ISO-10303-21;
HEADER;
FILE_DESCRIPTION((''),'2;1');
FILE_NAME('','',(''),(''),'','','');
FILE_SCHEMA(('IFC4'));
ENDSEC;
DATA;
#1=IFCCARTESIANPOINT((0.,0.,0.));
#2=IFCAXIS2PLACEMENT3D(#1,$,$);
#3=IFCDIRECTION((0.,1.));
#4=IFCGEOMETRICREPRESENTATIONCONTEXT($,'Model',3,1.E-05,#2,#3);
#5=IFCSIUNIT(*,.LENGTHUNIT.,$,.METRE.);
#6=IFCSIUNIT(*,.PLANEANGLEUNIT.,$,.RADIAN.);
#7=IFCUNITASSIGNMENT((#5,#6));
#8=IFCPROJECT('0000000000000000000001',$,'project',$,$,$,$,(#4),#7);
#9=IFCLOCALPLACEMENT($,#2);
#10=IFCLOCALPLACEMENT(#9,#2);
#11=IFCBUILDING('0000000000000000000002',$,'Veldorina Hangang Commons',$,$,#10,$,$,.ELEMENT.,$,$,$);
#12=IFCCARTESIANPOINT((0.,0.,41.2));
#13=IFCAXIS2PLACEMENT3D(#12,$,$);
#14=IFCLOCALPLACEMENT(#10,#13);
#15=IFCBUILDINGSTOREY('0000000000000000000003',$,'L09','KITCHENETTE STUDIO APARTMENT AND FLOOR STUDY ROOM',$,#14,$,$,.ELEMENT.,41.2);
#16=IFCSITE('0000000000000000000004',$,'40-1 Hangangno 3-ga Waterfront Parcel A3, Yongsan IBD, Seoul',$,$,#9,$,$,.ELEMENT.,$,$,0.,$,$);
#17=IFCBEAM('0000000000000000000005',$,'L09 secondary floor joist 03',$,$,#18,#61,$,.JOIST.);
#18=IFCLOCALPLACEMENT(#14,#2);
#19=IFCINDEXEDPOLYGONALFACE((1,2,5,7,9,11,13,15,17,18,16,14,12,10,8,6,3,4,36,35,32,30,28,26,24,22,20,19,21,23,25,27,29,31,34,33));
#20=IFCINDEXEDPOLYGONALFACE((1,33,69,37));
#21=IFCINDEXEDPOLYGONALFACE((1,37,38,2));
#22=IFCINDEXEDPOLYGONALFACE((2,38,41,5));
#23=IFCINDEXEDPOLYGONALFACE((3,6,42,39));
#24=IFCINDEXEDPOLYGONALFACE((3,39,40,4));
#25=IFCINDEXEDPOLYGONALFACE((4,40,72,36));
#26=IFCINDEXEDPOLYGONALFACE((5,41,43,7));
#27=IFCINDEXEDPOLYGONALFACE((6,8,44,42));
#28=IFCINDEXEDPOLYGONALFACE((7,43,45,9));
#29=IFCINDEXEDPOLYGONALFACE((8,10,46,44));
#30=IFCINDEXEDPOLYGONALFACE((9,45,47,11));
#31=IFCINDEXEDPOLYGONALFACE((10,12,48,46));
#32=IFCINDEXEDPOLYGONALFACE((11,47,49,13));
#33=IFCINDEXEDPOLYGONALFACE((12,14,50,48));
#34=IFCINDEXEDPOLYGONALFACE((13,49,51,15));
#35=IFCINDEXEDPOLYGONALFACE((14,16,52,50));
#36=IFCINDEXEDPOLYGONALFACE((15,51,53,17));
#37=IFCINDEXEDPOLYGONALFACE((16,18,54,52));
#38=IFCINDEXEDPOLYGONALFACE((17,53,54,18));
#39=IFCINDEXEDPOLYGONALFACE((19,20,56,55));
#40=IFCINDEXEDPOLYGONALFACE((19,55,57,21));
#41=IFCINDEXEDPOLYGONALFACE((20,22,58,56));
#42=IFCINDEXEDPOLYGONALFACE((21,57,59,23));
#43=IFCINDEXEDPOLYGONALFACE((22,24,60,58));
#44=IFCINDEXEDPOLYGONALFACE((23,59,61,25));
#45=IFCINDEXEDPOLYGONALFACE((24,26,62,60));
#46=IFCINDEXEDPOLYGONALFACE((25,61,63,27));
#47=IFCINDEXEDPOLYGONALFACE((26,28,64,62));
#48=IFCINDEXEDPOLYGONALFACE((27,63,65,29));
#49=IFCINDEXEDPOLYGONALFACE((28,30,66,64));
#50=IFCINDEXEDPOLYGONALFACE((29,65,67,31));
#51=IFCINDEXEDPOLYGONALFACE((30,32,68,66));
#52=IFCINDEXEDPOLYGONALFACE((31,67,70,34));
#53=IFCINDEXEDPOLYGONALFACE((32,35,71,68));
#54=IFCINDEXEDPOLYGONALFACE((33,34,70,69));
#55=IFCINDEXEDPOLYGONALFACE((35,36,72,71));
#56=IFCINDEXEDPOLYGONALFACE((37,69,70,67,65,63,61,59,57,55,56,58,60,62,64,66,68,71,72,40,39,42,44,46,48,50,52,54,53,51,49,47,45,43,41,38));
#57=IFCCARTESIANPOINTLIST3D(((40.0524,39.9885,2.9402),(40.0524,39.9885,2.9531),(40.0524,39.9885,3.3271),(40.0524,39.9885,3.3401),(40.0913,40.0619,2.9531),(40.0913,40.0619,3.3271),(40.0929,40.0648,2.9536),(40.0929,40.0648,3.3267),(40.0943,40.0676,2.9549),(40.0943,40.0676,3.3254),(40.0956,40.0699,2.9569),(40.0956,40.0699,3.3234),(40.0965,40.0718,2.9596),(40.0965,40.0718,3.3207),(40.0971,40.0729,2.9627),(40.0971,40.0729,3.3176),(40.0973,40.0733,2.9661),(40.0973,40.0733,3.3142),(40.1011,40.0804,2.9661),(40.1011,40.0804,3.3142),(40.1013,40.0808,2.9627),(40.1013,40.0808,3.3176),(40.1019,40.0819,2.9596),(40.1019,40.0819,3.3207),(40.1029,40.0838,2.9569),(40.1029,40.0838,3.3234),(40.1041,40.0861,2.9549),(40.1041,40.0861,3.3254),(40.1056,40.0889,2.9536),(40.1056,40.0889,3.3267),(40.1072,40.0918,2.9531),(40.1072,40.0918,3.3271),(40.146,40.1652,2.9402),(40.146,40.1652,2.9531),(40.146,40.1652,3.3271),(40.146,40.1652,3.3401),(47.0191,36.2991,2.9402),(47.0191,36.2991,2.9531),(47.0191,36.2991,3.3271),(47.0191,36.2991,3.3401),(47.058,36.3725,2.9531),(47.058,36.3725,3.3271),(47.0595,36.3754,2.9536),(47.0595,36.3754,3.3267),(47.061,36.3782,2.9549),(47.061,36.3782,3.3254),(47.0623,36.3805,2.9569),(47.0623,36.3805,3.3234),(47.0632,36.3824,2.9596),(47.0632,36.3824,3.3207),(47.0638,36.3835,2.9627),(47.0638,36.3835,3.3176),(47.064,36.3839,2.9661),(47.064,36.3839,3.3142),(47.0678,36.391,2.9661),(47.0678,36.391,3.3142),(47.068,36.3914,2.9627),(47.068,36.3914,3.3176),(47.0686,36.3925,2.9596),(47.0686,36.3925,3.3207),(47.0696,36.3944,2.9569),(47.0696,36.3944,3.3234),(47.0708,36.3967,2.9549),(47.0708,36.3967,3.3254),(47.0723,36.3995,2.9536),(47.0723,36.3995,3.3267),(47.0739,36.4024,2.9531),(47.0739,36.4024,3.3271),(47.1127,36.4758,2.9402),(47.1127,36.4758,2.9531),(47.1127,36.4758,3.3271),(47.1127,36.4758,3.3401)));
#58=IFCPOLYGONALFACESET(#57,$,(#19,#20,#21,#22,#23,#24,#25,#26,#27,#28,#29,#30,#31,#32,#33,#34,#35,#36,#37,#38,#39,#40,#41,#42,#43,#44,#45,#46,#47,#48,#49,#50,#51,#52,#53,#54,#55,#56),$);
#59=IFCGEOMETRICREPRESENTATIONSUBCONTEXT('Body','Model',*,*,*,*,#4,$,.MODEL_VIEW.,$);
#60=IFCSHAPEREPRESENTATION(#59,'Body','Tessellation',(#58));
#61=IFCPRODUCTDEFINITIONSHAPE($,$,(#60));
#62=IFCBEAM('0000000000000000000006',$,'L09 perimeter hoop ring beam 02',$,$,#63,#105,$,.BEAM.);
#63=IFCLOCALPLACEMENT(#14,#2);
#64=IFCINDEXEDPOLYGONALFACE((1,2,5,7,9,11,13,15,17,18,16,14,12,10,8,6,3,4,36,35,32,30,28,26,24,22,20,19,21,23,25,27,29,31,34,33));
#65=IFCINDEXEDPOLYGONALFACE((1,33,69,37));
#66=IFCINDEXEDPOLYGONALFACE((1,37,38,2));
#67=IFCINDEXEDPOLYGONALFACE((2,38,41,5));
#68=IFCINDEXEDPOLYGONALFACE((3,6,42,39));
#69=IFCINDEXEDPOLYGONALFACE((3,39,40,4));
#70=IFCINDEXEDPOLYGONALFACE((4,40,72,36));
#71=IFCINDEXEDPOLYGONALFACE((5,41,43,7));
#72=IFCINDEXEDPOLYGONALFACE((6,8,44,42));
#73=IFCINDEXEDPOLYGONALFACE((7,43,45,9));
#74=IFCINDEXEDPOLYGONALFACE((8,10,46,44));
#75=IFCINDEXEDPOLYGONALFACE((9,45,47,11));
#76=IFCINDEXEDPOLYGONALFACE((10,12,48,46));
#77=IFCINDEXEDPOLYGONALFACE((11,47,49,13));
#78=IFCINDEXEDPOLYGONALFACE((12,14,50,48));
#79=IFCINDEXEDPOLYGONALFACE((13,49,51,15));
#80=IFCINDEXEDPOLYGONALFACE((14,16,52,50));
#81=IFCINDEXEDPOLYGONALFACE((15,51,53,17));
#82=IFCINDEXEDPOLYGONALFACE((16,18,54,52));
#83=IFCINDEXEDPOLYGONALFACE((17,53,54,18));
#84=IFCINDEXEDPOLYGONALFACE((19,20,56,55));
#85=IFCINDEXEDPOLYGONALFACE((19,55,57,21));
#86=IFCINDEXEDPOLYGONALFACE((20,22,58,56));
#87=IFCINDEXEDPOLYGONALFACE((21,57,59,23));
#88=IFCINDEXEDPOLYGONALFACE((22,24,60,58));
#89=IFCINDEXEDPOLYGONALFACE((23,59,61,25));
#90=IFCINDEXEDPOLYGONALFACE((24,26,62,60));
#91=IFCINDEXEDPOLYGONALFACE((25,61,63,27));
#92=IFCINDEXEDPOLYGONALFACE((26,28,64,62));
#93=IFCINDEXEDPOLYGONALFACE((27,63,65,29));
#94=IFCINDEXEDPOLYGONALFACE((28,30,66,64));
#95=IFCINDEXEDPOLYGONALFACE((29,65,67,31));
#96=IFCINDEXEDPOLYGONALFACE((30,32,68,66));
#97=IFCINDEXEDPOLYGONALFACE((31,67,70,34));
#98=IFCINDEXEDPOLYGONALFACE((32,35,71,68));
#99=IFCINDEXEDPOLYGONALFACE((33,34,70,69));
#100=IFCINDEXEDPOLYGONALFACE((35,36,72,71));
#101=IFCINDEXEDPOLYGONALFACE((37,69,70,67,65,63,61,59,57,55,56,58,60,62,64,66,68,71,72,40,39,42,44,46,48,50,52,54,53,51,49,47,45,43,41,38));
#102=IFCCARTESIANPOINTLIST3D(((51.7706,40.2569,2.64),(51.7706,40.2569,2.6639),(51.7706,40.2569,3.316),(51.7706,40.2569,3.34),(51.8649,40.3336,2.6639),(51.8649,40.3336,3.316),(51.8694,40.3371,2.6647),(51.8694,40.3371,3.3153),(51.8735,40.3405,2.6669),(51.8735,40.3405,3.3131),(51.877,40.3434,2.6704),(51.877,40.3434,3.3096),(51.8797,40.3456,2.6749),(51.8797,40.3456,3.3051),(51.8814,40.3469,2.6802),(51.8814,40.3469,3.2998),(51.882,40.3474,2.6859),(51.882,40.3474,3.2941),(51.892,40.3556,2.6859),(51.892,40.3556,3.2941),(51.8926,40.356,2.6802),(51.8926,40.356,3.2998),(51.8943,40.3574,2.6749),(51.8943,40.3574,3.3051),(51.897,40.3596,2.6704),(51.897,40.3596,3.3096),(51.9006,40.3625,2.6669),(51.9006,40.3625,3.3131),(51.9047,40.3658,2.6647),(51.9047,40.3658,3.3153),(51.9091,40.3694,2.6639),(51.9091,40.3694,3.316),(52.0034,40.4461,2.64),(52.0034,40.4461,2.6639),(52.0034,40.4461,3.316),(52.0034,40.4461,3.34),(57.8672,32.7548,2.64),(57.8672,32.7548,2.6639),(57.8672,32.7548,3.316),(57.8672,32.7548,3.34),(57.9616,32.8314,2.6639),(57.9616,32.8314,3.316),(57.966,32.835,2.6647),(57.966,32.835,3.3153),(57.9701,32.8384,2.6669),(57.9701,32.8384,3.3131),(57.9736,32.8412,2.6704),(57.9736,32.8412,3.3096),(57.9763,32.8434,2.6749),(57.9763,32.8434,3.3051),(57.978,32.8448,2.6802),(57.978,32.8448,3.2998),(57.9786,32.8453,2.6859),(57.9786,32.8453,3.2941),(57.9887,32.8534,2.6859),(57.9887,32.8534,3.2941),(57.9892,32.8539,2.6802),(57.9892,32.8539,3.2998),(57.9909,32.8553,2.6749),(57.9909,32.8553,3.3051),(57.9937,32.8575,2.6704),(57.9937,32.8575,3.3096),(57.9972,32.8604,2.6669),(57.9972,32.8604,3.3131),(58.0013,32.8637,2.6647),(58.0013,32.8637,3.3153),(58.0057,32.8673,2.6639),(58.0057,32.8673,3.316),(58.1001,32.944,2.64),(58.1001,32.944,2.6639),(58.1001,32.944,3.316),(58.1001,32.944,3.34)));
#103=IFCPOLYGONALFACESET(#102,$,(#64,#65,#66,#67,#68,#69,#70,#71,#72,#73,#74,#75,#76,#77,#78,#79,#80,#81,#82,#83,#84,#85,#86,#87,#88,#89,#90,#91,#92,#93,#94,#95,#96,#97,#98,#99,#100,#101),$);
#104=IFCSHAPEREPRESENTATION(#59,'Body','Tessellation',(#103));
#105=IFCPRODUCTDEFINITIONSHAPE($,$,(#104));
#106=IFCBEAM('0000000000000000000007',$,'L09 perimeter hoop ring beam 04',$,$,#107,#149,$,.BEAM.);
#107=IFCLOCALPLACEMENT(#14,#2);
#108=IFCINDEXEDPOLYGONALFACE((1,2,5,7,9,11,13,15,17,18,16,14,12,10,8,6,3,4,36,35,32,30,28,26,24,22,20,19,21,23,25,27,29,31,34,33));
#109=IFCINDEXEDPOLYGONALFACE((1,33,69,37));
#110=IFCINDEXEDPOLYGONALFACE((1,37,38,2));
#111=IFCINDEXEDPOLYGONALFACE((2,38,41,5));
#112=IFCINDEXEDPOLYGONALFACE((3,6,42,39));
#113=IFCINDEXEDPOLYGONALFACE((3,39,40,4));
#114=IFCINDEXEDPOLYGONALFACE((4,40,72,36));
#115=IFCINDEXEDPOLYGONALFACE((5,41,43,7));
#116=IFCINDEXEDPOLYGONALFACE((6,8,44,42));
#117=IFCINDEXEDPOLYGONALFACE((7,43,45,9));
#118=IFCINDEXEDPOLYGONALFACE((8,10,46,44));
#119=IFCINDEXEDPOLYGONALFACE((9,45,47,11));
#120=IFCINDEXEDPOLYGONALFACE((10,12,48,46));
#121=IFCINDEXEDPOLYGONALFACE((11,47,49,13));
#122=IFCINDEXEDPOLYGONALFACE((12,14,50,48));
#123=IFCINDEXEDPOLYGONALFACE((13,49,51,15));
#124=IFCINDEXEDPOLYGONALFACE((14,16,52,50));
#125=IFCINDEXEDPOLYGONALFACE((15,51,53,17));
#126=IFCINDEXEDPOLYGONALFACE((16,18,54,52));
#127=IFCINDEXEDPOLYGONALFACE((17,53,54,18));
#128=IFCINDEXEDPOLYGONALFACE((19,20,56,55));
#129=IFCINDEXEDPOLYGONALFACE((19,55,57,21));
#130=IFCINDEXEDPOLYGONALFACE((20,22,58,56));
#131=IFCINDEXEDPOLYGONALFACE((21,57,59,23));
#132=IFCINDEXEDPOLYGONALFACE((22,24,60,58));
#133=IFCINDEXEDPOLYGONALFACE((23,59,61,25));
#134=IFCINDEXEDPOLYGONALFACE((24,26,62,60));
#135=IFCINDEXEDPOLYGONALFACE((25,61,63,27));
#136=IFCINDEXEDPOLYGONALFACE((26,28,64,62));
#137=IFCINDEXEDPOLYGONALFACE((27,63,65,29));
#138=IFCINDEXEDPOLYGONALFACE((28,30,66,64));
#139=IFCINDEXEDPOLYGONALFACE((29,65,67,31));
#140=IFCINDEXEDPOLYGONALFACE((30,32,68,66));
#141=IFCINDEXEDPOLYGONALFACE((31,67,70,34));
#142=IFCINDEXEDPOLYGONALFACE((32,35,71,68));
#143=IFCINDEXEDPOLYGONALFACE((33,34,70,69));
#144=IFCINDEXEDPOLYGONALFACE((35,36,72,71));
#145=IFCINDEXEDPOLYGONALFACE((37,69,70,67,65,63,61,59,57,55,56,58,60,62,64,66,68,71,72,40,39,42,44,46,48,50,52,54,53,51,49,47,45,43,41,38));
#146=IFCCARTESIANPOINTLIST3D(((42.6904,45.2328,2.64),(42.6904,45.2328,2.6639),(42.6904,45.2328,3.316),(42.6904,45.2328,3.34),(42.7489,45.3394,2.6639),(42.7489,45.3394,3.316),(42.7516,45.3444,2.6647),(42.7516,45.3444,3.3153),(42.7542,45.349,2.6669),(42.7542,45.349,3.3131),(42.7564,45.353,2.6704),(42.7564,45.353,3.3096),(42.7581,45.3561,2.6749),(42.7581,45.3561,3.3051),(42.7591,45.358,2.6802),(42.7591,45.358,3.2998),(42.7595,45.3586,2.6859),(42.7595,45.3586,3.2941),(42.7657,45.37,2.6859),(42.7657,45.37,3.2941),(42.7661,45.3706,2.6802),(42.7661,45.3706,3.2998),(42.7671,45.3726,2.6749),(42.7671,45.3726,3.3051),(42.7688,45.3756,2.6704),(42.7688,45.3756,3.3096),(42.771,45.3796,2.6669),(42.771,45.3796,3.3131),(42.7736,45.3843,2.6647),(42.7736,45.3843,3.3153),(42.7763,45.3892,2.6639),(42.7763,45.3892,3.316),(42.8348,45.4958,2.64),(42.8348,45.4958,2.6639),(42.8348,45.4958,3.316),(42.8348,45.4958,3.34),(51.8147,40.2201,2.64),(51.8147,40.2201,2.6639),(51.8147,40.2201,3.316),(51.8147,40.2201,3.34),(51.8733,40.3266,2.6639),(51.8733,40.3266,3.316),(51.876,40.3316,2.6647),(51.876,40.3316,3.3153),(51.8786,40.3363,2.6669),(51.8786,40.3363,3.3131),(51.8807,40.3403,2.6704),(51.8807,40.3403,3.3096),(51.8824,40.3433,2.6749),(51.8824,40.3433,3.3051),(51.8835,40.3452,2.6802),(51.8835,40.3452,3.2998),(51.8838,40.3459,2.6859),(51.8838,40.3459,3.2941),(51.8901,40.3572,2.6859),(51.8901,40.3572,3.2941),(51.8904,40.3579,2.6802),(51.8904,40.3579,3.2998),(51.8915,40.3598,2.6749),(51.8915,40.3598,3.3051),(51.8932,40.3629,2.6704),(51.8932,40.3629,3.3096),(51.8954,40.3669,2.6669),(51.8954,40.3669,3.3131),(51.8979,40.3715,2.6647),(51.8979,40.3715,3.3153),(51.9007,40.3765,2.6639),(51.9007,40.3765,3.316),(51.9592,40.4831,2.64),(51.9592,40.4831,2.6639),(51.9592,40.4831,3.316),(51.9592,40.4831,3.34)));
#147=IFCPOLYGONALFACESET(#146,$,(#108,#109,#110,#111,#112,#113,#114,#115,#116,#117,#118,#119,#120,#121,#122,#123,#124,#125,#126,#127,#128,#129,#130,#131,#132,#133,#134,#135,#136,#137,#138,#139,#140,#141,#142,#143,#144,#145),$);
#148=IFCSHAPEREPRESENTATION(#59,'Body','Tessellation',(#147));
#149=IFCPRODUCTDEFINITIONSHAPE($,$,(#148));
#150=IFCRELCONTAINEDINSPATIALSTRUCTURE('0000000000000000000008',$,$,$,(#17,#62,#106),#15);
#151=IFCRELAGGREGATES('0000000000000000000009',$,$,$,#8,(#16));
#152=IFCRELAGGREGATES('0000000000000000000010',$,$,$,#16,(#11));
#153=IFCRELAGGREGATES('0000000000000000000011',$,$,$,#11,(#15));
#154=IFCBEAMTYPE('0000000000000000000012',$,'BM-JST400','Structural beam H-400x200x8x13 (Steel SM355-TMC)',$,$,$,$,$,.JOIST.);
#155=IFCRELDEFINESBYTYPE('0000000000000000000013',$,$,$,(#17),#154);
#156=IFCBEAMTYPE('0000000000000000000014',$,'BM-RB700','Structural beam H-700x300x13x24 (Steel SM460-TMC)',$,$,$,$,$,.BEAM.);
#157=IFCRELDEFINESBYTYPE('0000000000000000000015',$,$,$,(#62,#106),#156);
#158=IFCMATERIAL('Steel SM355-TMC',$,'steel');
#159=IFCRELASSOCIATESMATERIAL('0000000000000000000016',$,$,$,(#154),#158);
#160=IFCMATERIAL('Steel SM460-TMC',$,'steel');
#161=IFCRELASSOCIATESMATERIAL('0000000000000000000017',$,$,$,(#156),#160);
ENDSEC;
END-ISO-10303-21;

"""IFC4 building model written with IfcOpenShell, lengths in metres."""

from ifc_helpers import new_model, si_unit, direction, frame, origin, origin_2d, place, context, subcontext, project, spatial, i_section, extrude, material, material_profile, profile_set, type_object, element, save


model = new_model("IFC4")

# Units and contexts
model_context = context("Model", 3, precision=1e-05, world=origin(), true_north=direction((0.0, 1.0)))
body_context = subcontext(model_context, "Body", "Model", "MODEL_VIEW")
ifc_project = project(units=[si_unit("LENGTHUNIT", "METRE"), si_unit("PLANEANGLEUNIT", "RADIAN")], contexts=[model_context])

# Site, building, storey
site_placement = place(None, origin())
site = spatial("IfcSite", under=ifc_project, at=site_placement, Name="40-1 Hangangno 3-ga Waterfront Parcel A3, Yongsan IBD, Seoul", CompositionType="ELEMENT", RefElevation=0.0)
building_placement = place(site_placement, origin())
building = spatial("IfcBuilding", under=site, at=building_placement, Name="Veldorina Hangang Commons", CompositionType="ELEMENT")
storey_placement = place(building_placement, frame((0.0, 0.0, 41.2)))
storey = spatial("IfcBuildingStorey", under=building, at=storey_placement, Name="L09", Description="KITCHENETTE STUDIO APARTMENT AND FLOOR STUDY ROOM", CompositionType="ELEMENT", Elevation=41.2)

# Beams
ifc_material_1 = material(Name="Steel SM355-TMC", Category="steel")
ifc_material_profile_1 = material_profile(ifc_material_1, i_section(OverallWidth=0.2, OverallDepth=0.3999, WebThickness=0.0081, FlangeThickness=0.0129, FilletRadius=0.0129, at=origin_2d()), Name="H-400x200x8x13")
ifc_profile_set_1 = profile_set([ifc_material_profile_1], Name="Steel SM355-TMC")
beam_type_1 = type_object("IfcBeamType", Name="BM-JST400", Description="Structural beam H-400x200x8x13 (Steel SM355-TMC)", PredefinedType="JOIST", material=ifc_profile_set_1)
beam_1_placement = place(storey_placement, frame((47.0659, 36.3875, 3.1401), z_axis=(-0.883728, 0.468002, 0.0), x_axis=(-0.468002, -0.883728, 0.0)))
element("IfcBeam", 1, at=beam_1_placement, inside=storey, type_object=beam_type_1, Name="L09 secondary floor joist 03", PredefinedType="JOIST", context=body_context, shape_type="SweptSolid", body=[
    extrude(i_section(OverallWidth=0.2, OverallDepth=0.3999, WebThickness=0.0081, FlangeThickness=0.0129, FilletRadius=0.0129, at=origin_2d()), origin(), (0.0, 0.0, 1.0), 7.8833),
])
ifc_material_2 = material(Name="Steel SM460-TMC", Category="steel")
ifc_material_profile_2 = material_profile(ifc_material_2, i_section(OverallWidth=0.3, OverallDepth=0.7, WebThickness=0.0129, FlangeThickness=0.0239, FilletRadius=0.022, at=origin_2d()), Name="H-700x300x13x24")
ifc_profile_set_2 = profile_set([ifc_material_profile_2], Name="Steel SM460-TMC")
beam_type_2 = type_object("IfcBeamType", Name="BM-RB700", Description="Structural beam H-700x300x13x24 (Steel SM460-TMC)", PredefinedType="BEAM", material=ifc_profile_set_2)
beam_2_placement = place(storey_placement, frame((57.9836, 32.8494, 2.99), z_axis=(-0.630664, 0.776056, 0.0), x_axis=(-0.776056, -0.630664, 0.0)))
element("IfcBeam", 2, at=beam_2_placement, inside=storey, type_object=beam_type_2, Name="L09 perimeter hoop ring beam 02", PredefinedType="BEAM", context=body_context, shape_type="SweptSolid", body=[
    extrude(i_section(OverallWidth=0.3, OverallDepth=0.7, WebThickness=0.0129, FlangeThickness=0.0239, FilletRadius=0.022, at=origin_2d()), origin(), (0.0, 0.0, 1.0), 9.667),
])
beam_3_placement = place(storey_placement, frame((51.887, 40.3516, 2.99), z_axis=(-0.876445, 0.481502, 0.0), x_axis=(-0.481502, -0.876445, 0.0)))
element("IfcBeam", 3, at=beam_3_placement, inside=storey, type_object=beam_type_2, Name="L09 perimeter hoop ring beam 04", PredefinedType="BEAM", context=body_context, shape_type="SweptSolid", body=[
    extrude(i_section(OverallWidth=0.3, OverallDepth=0.7, WebThickness=0.0129, FlangeThickness=0.0239, FilletRadius=0.022, at=origin_2d()), origin(), (0.0, 0.0, 1.0), 10.4106),
])

save(model, "model.ifc")
